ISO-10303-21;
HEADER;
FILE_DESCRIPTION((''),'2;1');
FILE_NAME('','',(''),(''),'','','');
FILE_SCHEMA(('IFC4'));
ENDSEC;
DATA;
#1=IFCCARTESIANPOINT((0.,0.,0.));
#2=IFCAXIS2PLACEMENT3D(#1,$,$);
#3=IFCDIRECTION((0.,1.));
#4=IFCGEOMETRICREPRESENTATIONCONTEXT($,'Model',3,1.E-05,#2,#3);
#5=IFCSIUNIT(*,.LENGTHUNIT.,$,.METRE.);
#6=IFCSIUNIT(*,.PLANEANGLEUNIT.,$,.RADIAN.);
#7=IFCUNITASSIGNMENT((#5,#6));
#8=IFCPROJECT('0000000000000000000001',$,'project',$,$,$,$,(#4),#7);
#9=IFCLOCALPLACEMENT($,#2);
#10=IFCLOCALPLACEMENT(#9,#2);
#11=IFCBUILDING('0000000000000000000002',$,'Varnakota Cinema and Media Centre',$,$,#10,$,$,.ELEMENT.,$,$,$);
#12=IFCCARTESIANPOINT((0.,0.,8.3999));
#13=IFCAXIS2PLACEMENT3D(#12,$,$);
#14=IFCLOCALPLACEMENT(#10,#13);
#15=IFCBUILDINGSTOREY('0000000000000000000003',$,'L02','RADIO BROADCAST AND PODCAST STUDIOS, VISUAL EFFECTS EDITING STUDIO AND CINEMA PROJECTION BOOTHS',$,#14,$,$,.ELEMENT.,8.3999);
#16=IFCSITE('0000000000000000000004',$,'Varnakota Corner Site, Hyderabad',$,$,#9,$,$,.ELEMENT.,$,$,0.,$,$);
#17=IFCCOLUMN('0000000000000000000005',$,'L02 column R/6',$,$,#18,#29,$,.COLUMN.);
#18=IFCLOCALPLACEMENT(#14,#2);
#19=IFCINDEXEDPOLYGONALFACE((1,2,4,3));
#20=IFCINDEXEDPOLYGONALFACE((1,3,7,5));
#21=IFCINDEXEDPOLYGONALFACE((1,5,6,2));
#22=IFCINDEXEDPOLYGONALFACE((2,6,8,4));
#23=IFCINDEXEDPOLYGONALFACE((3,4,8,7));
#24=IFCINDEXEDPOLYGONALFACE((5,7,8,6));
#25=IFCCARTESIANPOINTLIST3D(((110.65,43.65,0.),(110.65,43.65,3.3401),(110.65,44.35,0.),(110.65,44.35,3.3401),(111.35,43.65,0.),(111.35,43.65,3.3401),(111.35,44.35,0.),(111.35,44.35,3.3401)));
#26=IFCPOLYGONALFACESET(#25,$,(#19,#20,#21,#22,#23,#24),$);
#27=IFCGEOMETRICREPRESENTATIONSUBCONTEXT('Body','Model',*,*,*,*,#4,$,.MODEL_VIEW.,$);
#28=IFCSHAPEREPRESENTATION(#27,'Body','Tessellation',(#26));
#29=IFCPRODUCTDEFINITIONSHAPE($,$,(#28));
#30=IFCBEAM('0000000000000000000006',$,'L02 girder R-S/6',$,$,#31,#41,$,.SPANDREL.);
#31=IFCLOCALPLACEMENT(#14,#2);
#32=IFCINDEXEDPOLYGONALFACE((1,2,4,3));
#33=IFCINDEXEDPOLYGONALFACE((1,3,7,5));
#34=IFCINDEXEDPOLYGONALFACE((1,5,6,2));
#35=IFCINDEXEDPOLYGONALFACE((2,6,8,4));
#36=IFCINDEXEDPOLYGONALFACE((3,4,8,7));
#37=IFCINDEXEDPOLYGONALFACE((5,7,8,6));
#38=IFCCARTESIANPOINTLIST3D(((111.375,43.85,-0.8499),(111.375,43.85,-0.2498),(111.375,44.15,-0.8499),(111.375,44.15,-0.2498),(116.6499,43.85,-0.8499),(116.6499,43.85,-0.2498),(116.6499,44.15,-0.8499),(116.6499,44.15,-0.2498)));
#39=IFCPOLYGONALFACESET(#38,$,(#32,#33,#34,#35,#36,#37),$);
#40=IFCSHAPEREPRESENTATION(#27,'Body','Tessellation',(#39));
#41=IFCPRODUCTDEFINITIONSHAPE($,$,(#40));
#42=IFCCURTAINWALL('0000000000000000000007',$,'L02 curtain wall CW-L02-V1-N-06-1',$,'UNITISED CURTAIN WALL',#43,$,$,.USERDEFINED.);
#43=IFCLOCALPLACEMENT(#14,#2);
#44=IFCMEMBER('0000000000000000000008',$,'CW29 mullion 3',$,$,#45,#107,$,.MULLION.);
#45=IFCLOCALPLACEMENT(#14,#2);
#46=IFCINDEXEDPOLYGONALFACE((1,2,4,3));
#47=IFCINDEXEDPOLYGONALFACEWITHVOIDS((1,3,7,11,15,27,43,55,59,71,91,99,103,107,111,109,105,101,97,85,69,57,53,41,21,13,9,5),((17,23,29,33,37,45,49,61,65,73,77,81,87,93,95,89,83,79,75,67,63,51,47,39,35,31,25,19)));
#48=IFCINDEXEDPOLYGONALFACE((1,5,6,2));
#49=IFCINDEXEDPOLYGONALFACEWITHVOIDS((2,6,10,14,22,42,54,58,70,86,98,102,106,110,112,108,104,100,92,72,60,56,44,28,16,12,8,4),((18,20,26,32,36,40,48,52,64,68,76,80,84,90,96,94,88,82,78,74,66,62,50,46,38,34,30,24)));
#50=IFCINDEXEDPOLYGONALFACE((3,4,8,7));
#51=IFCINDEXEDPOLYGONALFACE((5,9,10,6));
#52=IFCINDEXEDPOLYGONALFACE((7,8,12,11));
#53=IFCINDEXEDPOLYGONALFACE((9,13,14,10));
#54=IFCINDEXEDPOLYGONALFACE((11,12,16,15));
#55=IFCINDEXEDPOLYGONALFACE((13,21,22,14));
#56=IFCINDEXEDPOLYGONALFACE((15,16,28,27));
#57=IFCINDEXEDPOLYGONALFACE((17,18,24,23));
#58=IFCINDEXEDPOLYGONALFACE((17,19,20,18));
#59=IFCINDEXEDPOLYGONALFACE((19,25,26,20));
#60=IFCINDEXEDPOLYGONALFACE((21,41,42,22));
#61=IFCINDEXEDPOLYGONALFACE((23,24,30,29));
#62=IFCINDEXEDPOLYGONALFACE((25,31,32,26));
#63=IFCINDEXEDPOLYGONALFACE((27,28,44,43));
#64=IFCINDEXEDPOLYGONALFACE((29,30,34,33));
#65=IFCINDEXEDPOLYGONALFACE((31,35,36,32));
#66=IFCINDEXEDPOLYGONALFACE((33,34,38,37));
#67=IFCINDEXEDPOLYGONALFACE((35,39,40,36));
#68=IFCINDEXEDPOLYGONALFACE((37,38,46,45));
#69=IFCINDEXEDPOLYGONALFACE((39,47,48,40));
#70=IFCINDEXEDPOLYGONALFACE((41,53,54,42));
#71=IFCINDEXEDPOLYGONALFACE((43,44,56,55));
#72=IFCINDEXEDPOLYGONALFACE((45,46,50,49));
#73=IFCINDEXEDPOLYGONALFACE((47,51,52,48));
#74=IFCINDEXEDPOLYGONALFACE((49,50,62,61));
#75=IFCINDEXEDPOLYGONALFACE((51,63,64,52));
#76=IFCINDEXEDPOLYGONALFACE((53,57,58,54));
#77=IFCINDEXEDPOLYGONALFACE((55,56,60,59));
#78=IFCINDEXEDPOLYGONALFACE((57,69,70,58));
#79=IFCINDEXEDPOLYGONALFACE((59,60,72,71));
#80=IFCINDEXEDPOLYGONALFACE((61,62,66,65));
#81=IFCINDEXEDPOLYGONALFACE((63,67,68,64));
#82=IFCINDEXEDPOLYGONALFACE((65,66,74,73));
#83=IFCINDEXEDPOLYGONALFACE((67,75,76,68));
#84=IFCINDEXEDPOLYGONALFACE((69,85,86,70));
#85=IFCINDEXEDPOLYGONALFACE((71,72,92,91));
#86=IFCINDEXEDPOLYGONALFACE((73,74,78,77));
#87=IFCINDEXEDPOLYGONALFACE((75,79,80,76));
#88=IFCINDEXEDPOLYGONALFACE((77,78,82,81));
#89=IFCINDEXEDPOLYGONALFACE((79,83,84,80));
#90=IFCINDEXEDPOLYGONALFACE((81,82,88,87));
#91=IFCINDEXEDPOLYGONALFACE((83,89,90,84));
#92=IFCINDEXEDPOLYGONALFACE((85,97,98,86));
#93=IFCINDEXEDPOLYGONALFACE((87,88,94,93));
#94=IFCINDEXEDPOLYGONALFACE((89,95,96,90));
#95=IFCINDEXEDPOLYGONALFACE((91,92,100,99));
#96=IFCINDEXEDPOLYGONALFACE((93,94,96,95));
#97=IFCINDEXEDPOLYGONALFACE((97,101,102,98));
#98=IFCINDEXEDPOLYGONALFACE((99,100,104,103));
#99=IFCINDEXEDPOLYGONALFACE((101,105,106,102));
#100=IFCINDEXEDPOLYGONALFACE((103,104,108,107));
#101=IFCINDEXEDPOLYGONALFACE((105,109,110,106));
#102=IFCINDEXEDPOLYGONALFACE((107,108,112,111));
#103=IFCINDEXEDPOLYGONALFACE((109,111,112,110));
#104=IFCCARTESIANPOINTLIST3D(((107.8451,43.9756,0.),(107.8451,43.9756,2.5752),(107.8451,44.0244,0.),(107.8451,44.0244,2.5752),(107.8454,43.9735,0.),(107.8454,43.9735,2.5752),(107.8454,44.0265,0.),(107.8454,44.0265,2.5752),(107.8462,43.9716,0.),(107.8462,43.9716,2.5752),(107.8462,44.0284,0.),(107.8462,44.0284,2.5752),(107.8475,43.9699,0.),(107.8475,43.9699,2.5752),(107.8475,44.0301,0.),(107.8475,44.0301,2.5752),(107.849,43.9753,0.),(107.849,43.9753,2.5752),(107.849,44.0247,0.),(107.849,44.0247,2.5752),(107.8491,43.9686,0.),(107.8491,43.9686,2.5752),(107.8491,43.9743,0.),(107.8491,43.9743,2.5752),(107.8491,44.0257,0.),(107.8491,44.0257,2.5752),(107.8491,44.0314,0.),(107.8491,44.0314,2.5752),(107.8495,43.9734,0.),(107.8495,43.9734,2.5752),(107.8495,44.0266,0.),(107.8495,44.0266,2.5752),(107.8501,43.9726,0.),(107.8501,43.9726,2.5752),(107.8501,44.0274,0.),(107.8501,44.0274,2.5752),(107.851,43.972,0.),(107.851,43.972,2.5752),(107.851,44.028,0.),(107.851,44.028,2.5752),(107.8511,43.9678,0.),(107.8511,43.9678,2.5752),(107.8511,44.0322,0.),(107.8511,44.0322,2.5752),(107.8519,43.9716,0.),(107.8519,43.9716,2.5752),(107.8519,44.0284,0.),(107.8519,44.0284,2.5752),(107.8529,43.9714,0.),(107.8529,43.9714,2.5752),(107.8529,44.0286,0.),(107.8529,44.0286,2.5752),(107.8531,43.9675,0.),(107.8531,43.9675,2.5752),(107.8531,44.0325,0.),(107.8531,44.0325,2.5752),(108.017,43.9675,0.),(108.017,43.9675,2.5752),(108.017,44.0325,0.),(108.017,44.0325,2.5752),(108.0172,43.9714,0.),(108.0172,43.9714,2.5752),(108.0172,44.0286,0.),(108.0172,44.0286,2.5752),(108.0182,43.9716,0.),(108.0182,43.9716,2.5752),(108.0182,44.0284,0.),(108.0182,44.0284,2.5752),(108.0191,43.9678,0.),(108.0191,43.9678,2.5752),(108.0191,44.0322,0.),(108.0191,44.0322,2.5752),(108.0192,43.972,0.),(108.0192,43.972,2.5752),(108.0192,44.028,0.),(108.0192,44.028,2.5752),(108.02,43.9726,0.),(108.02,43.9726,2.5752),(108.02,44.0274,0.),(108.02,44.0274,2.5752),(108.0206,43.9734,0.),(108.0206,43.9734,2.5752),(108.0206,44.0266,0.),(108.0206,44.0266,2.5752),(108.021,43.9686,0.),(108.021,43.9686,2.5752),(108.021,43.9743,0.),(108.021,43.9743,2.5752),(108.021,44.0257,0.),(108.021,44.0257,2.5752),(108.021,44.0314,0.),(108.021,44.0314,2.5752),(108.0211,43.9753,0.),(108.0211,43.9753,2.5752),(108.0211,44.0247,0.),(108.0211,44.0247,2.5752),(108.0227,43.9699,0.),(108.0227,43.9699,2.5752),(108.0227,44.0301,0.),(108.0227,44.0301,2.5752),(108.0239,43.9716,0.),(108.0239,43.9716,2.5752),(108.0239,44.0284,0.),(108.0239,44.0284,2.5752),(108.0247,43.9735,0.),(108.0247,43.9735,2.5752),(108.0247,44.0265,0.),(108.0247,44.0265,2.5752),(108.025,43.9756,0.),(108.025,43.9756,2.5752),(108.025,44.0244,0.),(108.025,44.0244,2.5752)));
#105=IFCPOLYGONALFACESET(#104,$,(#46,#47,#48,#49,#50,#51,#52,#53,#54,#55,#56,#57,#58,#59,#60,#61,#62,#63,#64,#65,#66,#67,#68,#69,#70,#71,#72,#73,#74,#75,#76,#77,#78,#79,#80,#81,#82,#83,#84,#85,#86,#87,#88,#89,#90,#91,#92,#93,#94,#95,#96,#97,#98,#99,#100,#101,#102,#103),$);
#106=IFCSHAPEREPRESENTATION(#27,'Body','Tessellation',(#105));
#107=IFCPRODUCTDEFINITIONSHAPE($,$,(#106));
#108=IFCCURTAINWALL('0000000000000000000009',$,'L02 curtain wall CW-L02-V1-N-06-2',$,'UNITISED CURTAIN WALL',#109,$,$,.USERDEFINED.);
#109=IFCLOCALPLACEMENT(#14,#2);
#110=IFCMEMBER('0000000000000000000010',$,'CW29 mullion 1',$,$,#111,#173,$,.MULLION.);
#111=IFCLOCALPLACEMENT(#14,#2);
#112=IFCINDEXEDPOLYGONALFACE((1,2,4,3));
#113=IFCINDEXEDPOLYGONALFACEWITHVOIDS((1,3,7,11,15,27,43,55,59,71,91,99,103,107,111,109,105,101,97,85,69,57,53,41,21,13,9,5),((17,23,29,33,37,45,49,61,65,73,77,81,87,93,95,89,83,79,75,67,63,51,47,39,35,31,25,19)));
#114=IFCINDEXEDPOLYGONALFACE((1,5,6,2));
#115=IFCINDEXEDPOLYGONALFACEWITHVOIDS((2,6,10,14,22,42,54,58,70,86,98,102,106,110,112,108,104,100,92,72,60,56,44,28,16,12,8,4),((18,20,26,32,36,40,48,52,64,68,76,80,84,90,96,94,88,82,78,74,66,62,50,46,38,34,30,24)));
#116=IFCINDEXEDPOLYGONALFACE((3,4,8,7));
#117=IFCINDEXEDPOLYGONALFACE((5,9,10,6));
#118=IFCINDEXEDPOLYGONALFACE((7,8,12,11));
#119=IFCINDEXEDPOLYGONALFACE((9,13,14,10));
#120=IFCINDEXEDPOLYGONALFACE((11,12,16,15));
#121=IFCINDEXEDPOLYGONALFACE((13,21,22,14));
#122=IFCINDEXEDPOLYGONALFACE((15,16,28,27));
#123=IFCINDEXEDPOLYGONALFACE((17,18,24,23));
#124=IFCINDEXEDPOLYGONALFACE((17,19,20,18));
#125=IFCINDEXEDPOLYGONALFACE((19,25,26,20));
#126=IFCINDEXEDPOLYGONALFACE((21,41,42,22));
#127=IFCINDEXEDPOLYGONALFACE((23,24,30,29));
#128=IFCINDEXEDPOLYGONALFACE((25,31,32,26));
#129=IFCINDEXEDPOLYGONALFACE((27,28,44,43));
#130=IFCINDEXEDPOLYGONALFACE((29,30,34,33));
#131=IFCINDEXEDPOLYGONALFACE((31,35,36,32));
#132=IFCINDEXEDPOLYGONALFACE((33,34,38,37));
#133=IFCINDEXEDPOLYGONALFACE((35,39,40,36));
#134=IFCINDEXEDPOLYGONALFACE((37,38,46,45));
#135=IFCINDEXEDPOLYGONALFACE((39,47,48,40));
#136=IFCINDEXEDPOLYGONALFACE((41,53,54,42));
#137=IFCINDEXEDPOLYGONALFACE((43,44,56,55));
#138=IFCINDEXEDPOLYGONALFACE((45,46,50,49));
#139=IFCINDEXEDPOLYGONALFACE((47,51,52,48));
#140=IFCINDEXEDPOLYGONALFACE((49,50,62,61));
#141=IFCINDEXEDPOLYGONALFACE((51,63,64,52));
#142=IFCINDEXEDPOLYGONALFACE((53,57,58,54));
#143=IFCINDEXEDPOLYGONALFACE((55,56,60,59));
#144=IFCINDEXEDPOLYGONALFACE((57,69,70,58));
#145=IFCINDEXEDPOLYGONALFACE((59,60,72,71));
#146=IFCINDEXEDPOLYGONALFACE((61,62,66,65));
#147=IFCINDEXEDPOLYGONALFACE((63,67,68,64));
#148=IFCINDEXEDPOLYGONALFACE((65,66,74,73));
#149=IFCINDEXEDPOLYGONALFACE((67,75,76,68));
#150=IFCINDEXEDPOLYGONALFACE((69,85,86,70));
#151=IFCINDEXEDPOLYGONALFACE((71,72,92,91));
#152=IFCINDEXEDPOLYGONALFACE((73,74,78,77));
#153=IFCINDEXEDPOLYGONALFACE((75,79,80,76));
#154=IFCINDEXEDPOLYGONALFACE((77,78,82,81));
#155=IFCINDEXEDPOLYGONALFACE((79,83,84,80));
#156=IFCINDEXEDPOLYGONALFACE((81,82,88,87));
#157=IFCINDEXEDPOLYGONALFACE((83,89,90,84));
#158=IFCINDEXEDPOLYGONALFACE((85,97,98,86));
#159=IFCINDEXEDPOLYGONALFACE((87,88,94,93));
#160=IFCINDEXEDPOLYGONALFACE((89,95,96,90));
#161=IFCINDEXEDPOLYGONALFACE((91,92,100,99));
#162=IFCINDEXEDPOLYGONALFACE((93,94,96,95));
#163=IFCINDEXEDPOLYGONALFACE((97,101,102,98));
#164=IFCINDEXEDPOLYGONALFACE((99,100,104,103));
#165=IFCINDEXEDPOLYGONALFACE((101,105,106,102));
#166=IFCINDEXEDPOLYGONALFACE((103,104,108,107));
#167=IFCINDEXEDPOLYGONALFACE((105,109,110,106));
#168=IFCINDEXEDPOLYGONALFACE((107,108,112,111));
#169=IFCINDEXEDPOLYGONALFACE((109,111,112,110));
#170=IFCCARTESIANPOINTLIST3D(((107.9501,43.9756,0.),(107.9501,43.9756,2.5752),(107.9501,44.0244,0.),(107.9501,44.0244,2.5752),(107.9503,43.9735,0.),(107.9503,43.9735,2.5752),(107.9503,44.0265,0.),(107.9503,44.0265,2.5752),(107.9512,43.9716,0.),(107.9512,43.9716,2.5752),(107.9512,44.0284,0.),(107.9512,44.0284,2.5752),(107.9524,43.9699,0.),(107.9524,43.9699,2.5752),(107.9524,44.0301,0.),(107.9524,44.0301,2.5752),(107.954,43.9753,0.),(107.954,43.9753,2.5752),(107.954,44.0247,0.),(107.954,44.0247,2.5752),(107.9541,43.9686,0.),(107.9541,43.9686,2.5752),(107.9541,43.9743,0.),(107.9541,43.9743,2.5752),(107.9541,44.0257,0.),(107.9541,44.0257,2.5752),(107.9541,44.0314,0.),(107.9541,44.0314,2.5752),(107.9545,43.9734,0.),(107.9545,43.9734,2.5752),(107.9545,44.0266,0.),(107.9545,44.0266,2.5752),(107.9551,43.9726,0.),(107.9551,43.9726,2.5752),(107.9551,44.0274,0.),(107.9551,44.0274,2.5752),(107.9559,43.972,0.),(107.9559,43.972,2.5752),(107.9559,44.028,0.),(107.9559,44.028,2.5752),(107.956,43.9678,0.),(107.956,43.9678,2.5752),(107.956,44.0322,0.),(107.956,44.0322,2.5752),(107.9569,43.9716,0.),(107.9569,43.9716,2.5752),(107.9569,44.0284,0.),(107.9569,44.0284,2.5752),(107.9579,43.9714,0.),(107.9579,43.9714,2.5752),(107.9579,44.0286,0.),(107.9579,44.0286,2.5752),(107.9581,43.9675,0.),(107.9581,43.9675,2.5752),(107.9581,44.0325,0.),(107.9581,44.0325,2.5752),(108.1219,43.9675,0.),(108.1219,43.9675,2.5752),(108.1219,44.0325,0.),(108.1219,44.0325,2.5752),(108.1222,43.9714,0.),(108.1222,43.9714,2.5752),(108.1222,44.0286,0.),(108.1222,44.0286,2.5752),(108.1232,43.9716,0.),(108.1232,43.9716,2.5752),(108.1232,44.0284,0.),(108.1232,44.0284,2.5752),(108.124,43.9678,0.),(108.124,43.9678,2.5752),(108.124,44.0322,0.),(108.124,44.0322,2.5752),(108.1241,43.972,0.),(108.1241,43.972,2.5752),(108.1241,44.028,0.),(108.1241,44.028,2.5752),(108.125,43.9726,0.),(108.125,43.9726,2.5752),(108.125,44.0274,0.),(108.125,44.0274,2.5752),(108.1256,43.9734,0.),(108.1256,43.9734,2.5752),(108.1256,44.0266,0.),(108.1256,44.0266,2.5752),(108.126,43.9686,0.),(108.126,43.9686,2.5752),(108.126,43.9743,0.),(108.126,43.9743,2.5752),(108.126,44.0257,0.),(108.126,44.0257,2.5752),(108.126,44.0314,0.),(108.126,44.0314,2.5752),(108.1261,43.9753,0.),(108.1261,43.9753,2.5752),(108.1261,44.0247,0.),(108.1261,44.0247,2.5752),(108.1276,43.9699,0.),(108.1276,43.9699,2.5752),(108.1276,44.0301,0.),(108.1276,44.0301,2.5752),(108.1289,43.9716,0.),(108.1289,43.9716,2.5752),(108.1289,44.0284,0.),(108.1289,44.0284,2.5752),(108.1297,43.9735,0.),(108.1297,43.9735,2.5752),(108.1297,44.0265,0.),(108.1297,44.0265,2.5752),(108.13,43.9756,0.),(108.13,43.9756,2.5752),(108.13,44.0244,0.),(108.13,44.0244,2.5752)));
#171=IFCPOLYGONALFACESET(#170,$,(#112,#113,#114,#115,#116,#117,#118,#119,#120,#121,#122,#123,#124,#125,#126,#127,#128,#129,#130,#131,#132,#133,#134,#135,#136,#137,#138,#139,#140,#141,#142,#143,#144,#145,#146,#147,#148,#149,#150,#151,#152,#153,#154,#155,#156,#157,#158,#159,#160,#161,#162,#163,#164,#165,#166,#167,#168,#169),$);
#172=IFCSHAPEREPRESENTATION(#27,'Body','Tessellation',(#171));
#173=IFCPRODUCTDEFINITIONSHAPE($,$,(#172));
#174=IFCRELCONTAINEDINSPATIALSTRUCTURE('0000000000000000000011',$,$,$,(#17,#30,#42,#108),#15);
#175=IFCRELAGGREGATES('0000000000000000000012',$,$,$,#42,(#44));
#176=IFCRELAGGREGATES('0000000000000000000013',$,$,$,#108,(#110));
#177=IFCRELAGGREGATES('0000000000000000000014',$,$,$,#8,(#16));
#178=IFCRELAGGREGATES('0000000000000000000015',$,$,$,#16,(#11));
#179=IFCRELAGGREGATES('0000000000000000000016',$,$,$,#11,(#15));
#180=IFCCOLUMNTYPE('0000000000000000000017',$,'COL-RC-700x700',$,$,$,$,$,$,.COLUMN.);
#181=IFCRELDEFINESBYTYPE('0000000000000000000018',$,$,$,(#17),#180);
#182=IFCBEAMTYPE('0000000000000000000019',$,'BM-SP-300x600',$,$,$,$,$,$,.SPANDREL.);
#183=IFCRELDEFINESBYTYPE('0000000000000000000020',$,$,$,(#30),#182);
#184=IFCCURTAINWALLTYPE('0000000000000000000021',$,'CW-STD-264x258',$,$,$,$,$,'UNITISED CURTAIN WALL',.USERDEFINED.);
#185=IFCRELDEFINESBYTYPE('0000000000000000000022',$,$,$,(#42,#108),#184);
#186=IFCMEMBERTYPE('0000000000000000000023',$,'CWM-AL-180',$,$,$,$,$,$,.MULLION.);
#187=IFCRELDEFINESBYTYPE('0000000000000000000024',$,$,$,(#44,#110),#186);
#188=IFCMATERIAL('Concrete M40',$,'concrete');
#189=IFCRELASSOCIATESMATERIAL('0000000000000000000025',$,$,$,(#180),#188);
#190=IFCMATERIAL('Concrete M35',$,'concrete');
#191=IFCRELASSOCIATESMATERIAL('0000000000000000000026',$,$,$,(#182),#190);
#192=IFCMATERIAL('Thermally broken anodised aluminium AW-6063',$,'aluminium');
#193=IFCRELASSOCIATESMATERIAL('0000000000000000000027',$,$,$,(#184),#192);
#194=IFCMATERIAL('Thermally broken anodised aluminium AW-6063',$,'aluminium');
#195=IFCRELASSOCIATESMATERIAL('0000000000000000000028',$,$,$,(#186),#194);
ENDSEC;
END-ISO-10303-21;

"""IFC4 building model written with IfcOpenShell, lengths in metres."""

from ifc_helpers import new_model, si_unit, direction, frame, origin, origin_2d, place, context, subcontext, project, spatial, rectangle, hollow_rectangle, extrude, material, material_profile, profile_set, type_object, element, aggregate, save


model = new_model("IFC4")

# Units and contexts
model_context = context("Model", 3, precision=1e-05, world=origin(), true_north=direction((0.0, 1.0)))
body_context = subcontext(model_context, "Body", "Model", "MODEL_VIEW")
ifc_project = project(units=[si_unit("LENGTHUNIT", "METRE"), si_unit("PLANEANGLEUNIT", "RADIAN")], contexts=[model_context])

# Site, building, storey
site_placement = place(None, origin())
site = spatial("IfcSite", under=ifc_project, at=site_placement, Name="Varnakota Corner Site, Hyderabad", CompositionType="ELEMENT", RefElevation=0.0)
building_placement = place(site_placement, origin())
building = spatial("IfcBuilding", under=site, at=building_placement, Name="Varnakota Cinema and Media Centre", CompositionType="ELEMENT")
storey_placement = place(building_placement, frame((0.0, 0.0, 8.3999)))
storey = spatial("IfcBuildingStorey", under=building, at=storey_placement, Name="L02", Description="RADIO BROADCAST AND PODCAST STUDIOS, VISUAL EFFECTS EDITING STUDIO AND CINEMA PROJECTION BOOTHS", CompositionType="ELEMENT", Elevation=8.3999)

# Column
ifc_material_1 = material(Name="Concrete M40", Category="concrete")
ifc_material_profile_1 = material_profile(ifc_material_1, rectangle(XDim=0.7, YDim=0.7, at=origin_2d()), Name="RC 700x700")
ifc_profile_set_1 = profile_set([ifc_material_profile_1], Name="Concrete M40")
column_type = type_object("IfcColumnType", Name="COL-RC-700x700", PredefinedType="COLUMN", material=ifc_profile_set_1)
column_placement = place(storey_placement, frame((111.0, 44.0, 0.0), z_axis=(0.0, 0.0, 1.0), x_axis=(1.0, 0.0, 0.0)))
element("IfcColumn", 1, at=column_placement, inside=storey, type_object=column_type, Name="L02 column R/6", PredefinedType="COLUMN", context=body_context, shape_type="SweptSolid", body=[
    extrude(rectangle(XDim=0.7, YDim=0.7, at=origin_2d()), origin(), (0.0, 0.0, 1.0), 3.3401),
])

# Beam
ifc_material_2 = material(Name="Concrete M35", Category="concrete")
ifc_material_profile_2 = material_profile(ifc_material_2, rectangle(XDim=0.3, YDim=0.6001, at=origin_2d()), Name="RCB 300x600")
ifc_profile_set_2 = profile_set([ifc_material_profile_2], Name="Concrete M35")
beam_type = type_object("IfcBeamType", Name="BM-SP-300x600", PredefinedType="SPANDREL", material=ifc_profile_set_2)
beam_placement = place(storey_placement, frame((111.375, 44.0, -0.5498), z_axis=(1.0, 0.0, 0.0), x_axis=(0.0, 1.0, 0.0)))
element("IfcBeam", 2, at=beam_placement, inside=storey, type_object=beam_type, Name="L02 girder R-S/6", PredefinedType="SPANDREL", context=body_context, shape_type="SweptSolid", body=[
    extrude(rectangle(XDim=0.3, YDim=0.6001, at=origin_2d()), origin(), (0.0, 0.0, 1.0), 5.2749),
])

# Curtain wall, member
ifc_material_3 = material(Name="Thermally broken anodised aluminium AW-6063", Category="aluminium")
curtain_wall_type = type_object("IfcCurtainWallType", Name="CW-STD-264x258", ElementType="UNITISED CURTAIN WALL", PredefinedType="USERDEFINED", material=ifc_material_3)
curtain_wall_1_placement = place(storey_placement, origin())
curtain_wall_1 = element("IfcCurtainWall", 3, at=curtain_wall_1_placement, inside=storey, type_object=curtain_wall_type, Name="L02 curtain wall CW-L02-V1-N-06-1", ObjectType="UNITISED CURTAIN WALL", PredefinedType="USERDEFINED")
ifc_material_4 = material(Name="Thermally broken anodised aluminium AW-6063", Category="aluminium")
ifc_material_profile_3 = material_profile(ifc_material_4, hollow_rectangle(XDim=0.0649, YDim=0.1799, WallThickness=0.0039, InnerFilletRadius=0.0039, OuterFilletRadius=0.0081, at=origin_2d()), Name="AL-MULLION 180x65x4")
ifc_profile_set_3 = profile_set([ifc_material_profile_3], Name="Thermally broken anodised aluminium AW-6063")
member_type_1 = type_object("IfcMemberType", Name="CWM-AL-180", PredefinedType="MULLION", material=ifc_profile_set_3)
member_1_placement = place(storey_placement, frame((107.9351, 44.0, 0.0), z_axis=(0.0, 0.0, 1.0), x_axis=(0.0, 1.0, 0.0)))
member_1 = element("IfcMember", 4, at=member_1_placement, type_object=member_type_1, Name="CW29 mullion 3", PredefinedType="MULLION", context=body_context, shape_type="SweptSolid", body=[
    extrude(hollow_rectangle(XDim=0.0649, YDim=0.1799, WallThickness=0.0039, InnerFilletRadius=0.0039, OuterFilletRadius=0.0081, at=origin_2d()), origin(), (0.0, 0.0, 1.0), 2.5752),
])

# Curtain wall, member
curtain_wall_2_placement = place(storey_placement, origin())
curtain_wall_2 = element("IfcCurtainWall", 5, at=curtain_wall_2_placement, inside=storey, type_object=curtain_wall_type, Name="L02 curtain wall CW-L02-V1-N-06-2", ObjectType="UNITISED CURTAIN WALL", PredefinedType="USERDEFINED")
member_2_placement = place(storey_placement, frame((108.04, 44.0, 0.0), z_axis=(0.0, 0.0, 1.0), x_axis=(0.0, 1.0, 0.0)))
member_2 = element("IfcMember", 6, at=member_2_placement, type_object=member_type_1, Name="CW29 mullion 1", PredefinedType="MULLION", context=body_context, shape_type="SweptSolid", body=[
    extrude(hollow_rectangle(XDim=0.0649, YDim=0.1799, WallThickness=0.0039, InnerFilletRadius=0.0039, OuterFilletRadius=0.0081, at=origin_2d()), origin(), (0.0, 0.0, 1.0), 2.5752),
])

aggregate(curtain_wall_1, [member_1])
aggregate(curtain_wall_2, [member_2])

save(model, "model.ifc")
